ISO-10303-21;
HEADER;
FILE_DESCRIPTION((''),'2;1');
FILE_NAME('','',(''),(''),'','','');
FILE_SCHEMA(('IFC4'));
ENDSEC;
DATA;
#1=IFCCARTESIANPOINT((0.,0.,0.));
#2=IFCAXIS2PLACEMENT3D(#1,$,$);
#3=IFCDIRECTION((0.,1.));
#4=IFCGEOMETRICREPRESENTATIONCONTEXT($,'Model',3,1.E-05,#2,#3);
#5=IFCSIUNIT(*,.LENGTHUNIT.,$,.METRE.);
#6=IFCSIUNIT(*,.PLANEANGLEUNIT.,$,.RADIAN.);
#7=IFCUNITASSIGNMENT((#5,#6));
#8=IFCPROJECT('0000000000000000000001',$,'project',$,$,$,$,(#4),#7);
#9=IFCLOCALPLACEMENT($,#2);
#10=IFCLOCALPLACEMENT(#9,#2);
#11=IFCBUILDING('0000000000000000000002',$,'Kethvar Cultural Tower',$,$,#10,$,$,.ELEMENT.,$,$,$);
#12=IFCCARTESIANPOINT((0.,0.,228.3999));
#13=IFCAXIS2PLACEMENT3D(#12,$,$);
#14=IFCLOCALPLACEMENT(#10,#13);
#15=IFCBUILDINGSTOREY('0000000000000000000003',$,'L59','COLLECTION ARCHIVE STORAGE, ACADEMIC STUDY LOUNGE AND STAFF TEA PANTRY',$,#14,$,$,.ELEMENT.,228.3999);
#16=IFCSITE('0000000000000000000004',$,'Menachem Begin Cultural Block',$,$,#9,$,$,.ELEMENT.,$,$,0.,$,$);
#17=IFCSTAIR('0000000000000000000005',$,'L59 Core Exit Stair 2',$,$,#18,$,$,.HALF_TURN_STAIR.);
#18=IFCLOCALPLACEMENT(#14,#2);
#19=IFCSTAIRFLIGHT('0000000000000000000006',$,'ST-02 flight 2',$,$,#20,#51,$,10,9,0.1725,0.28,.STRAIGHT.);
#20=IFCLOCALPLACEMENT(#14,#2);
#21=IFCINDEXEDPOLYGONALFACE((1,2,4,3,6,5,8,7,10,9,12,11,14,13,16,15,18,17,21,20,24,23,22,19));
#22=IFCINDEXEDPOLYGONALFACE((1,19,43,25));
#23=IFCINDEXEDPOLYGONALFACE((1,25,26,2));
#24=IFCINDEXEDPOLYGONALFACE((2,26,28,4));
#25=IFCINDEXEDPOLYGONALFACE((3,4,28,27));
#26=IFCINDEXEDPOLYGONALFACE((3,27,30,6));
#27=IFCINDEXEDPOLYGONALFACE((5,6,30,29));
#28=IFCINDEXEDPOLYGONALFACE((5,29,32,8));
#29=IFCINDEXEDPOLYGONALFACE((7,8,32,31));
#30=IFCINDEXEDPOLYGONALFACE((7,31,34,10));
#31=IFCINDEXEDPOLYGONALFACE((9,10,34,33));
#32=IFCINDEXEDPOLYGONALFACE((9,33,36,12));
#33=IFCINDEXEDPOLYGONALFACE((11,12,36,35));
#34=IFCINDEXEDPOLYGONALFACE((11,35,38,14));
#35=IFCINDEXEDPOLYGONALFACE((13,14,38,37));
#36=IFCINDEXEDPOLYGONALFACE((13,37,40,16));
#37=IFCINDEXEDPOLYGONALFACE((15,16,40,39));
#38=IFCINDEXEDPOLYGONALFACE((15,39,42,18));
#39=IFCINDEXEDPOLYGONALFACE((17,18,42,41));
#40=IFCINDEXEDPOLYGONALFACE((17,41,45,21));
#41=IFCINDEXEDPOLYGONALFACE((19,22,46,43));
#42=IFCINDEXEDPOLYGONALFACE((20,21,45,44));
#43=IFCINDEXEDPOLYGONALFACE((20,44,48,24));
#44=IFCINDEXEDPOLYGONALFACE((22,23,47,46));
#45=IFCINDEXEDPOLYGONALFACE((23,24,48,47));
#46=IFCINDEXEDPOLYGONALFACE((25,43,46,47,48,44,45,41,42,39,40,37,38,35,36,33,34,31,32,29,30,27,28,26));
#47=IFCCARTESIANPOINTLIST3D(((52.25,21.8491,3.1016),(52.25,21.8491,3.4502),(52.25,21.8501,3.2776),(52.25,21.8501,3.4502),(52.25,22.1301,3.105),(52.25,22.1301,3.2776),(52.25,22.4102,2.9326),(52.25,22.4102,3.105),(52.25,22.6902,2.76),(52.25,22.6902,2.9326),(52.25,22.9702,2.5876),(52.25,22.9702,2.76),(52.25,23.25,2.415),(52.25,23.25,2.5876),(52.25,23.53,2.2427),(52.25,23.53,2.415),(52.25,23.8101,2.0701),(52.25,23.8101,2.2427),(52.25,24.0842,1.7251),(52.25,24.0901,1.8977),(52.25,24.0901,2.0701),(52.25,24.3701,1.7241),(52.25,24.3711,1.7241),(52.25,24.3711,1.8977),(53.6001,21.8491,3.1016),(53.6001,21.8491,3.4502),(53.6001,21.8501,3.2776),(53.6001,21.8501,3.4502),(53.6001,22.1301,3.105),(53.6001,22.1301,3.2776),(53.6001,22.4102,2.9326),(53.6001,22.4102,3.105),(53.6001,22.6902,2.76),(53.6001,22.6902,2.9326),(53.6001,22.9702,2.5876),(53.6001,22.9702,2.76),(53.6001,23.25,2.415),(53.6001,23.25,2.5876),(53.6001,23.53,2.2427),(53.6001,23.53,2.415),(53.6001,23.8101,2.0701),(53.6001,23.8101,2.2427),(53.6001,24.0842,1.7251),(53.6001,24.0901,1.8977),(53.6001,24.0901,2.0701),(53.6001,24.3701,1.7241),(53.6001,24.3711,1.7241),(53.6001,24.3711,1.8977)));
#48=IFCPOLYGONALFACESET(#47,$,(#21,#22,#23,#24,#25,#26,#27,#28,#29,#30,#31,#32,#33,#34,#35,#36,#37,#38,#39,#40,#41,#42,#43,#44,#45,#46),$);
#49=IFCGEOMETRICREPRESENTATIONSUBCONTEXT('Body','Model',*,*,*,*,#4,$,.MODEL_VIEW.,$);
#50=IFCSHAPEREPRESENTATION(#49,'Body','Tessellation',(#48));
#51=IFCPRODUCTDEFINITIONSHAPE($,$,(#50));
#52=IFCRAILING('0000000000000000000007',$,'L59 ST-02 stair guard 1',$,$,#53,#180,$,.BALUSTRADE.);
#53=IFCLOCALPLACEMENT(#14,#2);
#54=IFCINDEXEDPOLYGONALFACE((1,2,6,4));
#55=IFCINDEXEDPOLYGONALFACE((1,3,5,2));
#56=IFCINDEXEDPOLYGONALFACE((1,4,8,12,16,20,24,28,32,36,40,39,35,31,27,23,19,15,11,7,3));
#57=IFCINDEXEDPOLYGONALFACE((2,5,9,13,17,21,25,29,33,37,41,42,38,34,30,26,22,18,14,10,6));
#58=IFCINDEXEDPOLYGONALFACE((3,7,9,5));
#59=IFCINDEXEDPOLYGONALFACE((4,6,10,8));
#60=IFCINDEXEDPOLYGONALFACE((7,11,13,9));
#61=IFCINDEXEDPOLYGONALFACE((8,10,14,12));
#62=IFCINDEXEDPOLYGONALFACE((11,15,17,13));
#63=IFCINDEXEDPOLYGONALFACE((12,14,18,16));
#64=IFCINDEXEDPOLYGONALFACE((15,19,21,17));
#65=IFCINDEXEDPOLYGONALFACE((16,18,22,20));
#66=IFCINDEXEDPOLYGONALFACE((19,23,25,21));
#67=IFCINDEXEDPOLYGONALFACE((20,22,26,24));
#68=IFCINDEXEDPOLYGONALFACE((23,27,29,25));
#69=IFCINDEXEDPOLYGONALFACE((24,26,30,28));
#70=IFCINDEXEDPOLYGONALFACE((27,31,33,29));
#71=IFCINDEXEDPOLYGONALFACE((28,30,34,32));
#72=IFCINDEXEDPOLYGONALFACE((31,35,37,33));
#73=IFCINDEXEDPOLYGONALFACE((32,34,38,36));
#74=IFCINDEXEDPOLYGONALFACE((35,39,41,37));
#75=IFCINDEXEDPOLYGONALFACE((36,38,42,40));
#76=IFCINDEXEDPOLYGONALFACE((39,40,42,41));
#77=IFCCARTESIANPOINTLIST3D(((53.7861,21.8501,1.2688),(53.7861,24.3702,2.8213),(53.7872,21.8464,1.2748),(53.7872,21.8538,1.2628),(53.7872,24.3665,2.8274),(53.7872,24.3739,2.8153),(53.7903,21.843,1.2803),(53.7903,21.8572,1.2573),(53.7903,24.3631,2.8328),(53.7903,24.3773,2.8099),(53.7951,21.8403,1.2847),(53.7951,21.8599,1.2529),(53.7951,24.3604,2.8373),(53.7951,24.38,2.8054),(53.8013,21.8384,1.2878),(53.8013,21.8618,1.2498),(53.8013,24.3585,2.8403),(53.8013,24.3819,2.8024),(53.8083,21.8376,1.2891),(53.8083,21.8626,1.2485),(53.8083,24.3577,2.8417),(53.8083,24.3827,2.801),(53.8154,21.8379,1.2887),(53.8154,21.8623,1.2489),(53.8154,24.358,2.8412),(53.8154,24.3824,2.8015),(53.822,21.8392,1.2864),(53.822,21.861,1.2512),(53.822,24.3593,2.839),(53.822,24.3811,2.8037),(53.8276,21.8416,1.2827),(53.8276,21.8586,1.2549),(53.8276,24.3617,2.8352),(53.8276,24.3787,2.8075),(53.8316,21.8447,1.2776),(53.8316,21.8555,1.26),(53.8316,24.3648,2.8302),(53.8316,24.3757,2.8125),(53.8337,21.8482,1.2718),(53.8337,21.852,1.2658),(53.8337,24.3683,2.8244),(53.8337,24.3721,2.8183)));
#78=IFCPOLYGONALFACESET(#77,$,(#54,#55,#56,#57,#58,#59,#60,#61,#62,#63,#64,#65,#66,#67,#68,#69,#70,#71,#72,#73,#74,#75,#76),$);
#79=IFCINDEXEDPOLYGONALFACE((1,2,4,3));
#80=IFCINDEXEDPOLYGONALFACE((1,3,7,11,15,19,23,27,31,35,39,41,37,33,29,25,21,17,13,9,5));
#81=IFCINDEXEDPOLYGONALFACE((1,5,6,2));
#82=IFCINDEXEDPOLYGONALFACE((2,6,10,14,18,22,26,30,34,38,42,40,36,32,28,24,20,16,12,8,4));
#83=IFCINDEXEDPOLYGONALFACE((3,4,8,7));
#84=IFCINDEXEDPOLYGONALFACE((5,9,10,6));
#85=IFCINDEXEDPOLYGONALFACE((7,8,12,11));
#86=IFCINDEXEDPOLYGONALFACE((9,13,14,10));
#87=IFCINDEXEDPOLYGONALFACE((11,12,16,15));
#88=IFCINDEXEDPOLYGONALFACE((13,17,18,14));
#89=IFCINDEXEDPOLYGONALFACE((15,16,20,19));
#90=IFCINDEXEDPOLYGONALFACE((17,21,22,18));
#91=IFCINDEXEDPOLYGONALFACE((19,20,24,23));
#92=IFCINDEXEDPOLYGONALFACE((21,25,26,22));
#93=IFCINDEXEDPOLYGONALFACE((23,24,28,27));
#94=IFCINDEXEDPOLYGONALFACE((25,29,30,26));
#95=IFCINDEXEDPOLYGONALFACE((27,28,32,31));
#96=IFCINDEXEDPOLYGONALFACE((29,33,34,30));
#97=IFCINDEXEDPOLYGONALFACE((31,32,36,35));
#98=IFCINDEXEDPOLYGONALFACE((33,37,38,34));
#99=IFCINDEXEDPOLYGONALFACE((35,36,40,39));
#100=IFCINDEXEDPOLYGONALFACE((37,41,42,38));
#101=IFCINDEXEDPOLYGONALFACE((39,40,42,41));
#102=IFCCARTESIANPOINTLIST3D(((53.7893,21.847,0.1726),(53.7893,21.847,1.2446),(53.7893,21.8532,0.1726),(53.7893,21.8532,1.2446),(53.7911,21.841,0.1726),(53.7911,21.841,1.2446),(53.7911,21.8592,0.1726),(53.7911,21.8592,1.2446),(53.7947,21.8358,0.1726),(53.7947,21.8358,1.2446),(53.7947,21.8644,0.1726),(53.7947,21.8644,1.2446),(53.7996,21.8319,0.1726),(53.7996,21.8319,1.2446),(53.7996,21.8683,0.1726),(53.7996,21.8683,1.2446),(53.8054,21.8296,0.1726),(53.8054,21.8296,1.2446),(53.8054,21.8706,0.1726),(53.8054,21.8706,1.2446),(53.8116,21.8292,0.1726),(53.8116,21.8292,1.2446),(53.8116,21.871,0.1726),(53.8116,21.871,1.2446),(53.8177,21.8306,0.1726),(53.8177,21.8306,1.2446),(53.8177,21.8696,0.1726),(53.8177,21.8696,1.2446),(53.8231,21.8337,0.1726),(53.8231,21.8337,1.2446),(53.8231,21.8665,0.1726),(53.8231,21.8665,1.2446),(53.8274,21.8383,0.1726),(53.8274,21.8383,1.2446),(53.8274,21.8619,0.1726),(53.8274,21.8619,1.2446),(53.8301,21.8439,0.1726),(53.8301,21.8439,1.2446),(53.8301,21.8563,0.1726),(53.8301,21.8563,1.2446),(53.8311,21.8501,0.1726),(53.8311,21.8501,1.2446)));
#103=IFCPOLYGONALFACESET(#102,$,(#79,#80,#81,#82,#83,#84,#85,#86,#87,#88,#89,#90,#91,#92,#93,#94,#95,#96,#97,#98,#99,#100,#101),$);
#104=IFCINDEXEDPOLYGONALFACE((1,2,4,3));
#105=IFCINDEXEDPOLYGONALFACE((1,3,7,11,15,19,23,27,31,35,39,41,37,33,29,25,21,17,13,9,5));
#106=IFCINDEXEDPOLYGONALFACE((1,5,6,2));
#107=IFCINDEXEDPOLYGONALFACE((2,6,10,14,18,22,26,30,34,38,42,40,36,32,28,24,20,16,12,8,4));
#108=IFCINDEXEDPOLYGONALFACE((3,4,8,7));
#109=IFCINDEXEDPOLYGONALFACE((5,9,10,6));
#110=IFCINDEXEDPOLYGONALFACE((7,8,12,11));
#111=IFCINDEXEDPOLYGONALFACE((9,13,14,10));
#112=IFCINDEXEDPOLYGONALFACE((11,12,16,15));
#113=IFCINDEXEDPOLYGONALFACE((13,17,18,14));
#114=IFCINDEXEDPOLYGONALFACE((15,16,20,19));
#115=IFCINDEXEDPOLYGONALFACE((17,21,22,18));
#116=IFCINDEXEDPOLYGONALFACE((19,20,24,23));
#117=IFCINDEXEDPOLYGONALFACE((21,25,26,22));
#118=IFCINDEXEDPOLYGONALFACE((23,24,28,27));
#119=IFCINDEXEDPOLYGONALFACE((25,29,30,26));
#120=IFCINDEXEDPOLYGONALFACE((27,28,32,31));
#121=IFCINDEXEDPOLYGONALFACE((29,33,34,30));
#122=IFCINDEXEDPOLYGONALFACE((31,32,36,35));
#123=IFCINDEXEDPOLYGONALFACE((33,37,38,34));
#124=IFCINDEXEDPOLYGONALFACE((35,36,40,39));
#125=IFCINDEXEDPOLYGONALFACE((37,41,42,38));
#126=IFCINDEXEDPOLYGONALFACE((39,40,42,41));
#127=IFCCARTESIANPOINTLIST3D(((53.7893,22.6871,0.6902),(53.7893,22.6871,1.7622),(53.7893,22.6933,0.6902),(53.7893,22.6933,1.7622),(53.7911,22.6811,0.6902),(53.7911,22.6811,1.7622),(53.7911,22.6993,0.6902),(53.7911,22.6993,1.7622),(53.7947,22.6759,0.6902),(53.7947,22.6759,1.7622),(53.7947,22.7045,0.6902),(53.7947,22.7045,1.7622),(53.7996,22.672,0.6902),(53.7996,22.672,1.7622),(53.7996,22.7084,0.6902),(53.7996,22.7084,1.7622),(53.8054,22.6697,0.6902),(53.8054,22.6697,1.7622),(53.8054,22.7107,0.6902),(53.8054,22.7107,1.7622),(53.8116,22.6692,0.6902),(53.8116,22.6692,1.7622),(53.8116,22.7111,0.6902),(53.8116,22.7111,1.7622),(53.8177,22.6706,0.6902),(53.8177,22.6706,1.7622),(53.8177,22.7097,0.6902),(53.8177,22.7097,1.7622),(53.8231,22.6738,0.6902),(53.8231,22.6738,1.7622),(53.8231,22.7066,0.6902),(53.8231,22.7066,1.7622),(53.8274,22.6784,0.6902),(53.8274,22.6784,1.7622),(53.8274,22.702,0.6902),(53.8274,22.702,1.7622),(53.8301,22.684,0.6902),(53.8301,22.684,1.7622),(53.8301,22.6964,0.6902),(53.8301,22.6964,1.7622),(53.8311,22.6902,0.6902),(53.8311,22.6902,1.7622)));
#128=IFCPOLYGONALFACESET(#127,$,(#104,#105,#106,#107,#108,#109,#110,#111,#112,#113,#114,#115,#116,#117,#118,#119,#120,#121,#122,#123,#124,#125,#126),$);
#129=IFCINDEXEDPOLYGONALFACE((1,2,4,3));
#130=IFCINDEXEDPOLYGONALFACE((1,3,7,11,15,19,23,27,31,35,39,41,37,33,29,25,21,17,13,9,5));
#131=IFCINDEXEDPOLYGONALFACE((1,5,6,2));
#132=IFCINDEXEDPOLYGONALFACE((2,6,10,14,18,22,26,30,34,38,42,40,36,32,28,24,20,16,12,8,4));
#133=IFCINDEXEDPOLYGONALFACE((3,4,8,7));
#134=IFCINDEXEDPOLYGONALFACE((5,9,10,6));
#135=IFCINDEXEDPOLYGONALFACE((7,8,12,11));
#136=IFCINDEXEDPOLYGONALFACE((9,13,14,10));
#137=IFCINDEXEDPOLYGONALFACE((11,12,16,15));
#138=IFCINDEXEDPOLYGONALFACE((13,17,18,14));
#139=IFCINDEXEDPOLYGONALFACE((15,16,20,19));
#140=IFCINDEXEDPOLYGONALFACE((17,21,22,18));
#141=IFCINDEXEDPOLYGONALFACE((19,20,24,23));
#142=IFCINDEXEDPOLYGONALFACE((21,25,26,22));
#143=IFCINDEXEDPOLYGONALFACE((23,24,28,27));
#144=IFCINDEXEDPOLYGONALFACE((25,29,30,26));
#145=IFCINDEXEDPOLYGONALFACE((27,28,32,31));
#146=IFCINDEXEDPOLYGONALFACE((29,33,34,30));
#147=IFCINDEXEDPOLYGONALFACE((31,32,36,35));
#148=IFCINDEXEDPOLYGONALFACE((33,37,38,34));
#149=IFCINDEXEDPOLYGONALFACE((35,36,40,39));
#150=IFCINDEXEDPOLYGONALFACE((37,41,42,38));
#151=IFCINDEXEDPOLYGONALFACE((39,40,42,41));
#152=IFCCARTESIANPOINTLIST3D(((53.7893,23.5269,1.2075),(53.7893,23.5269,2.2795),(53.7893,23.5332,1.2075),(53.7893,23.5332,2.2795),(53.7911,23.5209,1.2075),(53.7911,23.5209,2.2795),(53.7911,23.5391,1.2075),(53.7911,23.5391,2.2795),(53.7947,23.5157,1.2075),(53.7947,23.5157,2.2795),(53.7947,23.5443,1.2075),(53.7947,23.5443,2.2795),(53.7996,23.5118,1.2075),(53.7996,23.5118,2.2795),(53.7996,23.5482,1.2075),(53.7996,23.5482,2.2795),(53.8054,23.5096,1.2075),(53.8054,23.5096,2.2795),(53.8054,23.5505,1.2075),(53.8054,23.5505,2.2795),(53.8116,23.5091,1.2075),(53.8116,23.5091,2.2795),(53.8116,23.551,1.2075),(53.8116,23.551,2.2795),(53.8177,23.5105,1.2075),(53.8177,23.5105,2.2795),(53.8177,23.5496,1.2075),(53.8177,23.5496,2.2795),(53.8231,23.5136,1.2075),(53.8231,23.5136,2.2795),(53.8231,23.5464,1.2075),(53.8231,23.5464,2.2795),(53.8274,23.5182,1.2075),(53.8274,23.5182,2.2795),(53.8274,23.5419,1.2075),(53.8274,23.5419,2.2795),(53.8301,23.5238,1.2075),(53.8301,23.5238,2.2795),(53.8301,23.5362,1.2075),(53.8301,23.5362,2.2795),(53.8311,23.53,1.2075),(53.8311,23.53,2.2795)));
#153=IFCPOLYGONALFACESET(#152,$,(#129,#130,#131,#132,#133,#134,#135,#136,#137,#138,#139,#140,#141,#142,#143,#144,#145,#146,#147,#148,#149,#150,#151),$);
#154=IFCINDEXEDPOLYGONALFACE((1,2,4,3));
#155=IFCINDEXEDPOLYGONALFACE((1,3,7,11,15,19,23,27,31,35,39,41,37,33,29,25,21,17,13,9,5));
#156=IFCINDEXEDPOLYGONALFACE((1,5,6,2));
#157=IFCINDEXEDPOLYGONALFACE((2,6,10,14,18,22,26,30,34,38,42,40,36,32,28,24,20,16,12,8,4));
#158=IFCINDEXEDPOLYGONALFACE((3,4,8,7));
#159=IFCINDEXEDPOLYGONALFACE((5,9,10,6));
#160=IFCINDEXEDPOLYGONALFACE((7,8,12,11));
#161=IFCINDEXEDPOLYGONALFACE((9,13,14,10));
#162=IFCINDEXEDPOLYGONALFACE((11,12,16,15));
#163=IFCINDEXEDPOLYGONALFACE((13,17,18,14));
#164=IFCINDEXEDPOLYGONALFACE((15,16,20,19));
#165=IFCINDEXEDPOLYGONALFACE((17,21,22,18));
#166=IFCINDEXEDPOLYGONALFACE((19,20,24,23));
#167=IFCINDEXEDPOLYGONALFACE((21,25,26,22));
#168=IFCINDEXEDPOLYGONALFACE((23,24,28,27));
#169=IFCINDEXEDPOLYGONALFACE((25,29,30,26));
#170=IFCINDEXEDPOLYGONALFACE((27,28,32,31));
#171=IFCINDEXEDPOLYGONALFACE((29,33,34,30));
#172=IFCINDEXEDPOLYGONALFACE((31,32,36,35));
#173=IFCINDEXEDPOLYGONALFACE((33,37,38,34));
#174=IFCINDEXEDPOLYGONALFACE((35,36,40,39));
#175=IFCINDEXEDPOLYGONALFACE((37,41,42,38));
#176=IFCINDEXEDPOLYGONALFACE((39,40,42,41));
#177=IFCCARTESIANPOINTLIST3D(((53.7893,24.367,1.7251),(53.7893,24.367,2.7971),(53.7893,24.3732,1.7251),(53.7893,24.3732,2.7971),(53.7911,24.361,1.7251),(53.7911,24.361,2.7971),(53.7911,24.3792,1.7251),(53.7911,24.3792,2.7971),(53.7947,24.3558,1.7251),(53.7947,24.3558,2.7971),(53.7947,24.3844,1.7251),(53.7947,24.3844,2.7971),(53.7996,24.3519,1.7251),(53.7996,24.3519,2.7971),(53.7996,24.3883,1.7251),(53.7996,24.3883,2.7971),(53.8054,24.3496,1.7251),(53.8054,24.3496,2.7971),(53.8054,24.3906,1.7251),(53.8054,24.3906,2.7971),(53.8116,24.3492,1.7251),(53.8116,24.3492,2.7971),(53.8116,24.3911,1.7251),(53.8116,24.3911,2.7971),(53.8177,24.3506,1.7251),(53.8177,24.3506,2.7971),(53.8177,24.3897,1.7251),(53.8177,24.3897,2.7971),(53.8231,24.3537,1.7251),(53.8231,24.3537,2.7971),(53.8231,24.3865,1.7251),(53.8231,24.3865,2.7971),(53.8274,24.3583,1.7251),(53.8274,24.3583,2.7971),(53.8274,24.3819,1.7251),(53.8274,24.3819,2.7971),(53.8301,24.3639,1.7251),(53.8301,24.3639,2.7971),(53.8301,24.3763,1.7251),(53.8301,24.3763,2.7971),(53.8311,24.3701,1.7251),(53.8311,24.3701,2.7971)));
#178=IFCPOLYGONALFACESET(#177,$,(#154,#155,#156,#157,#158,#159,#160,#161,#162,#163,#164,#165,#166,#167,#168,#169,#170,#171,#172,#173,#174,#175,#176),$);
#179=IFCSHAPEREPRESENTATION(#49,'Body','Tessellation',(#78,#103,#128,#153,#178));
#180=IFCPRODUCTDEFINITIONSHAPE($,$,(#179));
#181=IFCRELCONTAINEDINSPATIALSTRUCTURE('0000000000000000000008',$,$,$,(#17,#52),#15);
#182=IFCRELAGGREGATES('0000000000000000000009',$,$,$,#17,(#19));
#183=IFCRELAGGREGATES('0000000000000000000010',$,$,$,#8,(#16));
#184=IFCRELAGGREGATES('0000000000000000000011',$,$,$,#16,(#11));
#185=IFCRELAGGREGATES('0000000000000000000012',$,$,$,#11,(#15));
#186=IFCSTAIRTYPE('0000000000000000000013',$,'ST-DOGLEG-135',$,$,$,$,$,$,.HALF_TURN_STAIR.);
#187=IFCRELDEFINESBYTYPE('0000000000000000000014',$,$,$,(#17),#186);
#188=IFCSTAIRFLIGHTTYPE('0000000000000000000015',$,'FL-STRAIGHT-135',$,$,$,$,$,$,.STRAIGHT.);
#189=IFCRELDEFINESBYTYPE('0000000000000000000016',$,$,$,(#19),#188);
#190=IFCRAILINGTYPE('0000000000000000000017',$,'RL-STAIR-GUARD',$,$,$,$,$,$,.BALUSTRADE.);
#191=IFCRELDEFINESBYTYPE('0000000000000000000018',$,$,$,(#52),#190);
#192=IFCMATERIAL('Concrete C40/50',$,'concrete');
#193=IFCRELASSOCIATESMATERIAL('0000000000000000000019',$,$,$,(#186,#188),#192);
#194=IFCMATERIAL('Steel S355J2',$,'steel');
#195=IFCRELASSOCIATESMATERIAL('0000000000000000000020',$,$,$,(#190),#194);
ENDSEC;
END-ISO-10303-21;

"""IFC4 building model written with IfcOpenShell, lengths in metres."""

from ifc_helpers import new_model, si_unit, direction, frame, origin, origin_2d, place, context, subcontext, project, spatial, polyline, circle, outline, extrude, material, type_object, element, aggregate, save


model = new_model("IFC4")

# Units and contexts
model_context = context("Model", 3, precision=1e-05, world=origin(), true_north=direction((0.0, 1.0)))
body_context = subcontext(model_context, "Body", "Model", "MODEL_VIEW")
ifc_project = project(units=[si_unit("LENGTHUNIT", "METRE"), si_unit("PLANEANGLEUNIT", "RADIAN")], contexts=[model_context])

# Site, building, storey
site_placement = place(None, origin())
site = spatial("IfcSite", under=ifc_project, at=site_placement, Name="Menachem Begin Cultural Block", CompositionType="ELEMENT", RefElevation=0.0)
building_placement = place(site_placement, origin())
building = spatial("IfcBuilding", under=site, at=building_placement, Name="Kethvar Cultural Tower", CompositionType="ELEMENT")
storey_placement = place(building_placement, frame((0.0, 0.0, 228.3999)))
storey = spatial("IfcBuildingStorey", under=building, at=storey_placement, Name="L59", Description="COLLECTION ARCHIVE STORAGE, ACADEMIC STUDY LOUNGE AND STAFF TEA PANTRY", CompositionType="ELEMENT", Elevation=228.3999)

# Shared definitions
ifc_material_1 = material(Name="Steel S355J2", Category="steel")

# Stair, stair flight
ifc_material_2 = material(Name="Concrete C40/50", Category="concrete")
stair_type = type_object("IfcStairType", Name="ST-DOGLEG-135", PredefinedType="HALF_TURN_STAIR", material=ifc_material_2)
stair_placement = place(storey_placement, origin())
stair = element("IfcStair", 1, at=stair_placement, inside=storey, type_object=stair_type, Name="L59 Core Exit Stair 2", PredefinedType="HALF_TURN_STAIR")
stair_flight_type = type_object("IfcStairFlightType", Name="FL-STRAIGHT-135", PredefinedType="STRAIGHT", material=ifc_material_2)
stair_flight_1_placement = place(storey_placement, frame((52.925, 24.3701, 1.7251), z_axis=(0.0, 0.0, 1.0), x_axis=(0.0, -1.0, 0.0)))
stair_flight_1 = element("IfcStairFlight", 2, at=stair_flight_1_placement, type_object=stair_flight_type, Name="ST-02 flight 2", NumberOfRisers=10, NumberOfTreads=9, PredefinedType="STRAIGHT", RiserHeight=0.1725, TreadLength=0.28, context=body_context, shape_type="SweptSolid", body=[
    extrude(outline(polyline([(-0.001, -0.001), (-0.001, 0.1726), (0.28, 0.1726), (0.28, 0.345), (0.5601, 0.345), (0.5601, 0.5176), (0.8401, 0.5176), (0.8401, 0.6899), (1.1201, 0.6899), (1.1201, 0.8625), (1.3999, 0.8625), (1.3999, 1.0349), (1.6799, 1.0349), (1.6799, 1.2075), (1.96, 1.2075), (1.96, 1.3799), (2.24, 1.3799), (2.24, 1.5525), (2.52, 1.5525), (2.52, 1.7251), (2.521, 1.7251), (2.521, 1.3765), (0.2859, 0.0), (0.0, -0.001), (-0.001, -0.001)])), frame((0.0, 0.675, 0.0), z_axis=(0.0, -1.0, 0.0), x_axis=(1.0, 0.0, 0.0)), (0.0, 0.0, 1.0), 1.3501),
])
aggregate(stair, [stair_flight_1])

# Railing
railing_type_1 = type_object("IfcRailingType", Name="RL-STAIR-GUARD", PredefinedType="BALUSTRADE", material=ifc_material_1)
railing_1_placement = place(storey_placement, frame((53.8101, 21.8501, 0.1726)))
element("IfcRailing", 3, at=railing_1_placement, inside=storey, type_object=railing_type_1, Name="L59 ST-02 stair guard 1", PredefinedType="BALUSTRADE", context=body_context, shape_type="SweptSolid", body=[
    extrude(circle(Radius=0.0239, at=origin_2d()), frame((0.0, 0.0, 1.0962), z_axis=(0.0, 0.8514, 0.524516), x_axis=(-1.0, 0.0, 0.0)), (0.0, 0.0, 1.0), 2.96),
    extrude(circle(Radius=0.021, at=origin_2d()), origin(), (0.0, 0.0, 1.0), 1.072),
    extrude(circle(Radius=0.021, at=origin_2d()), frame((0.0, 0.8401, 0.5176)), (0.0, 0.0, 1.0), 1.072),
    extrude(circle(Radius=0.021, at=origin_2d()), frame((0.0, 1.6799, 1.0349)), (0.0, 0.0, 1.0), 1.072),
    extrude(circle(Radius=0.021, at=origin_2d()), frame((0.0, 2.52, 1.5525)), (0.0, 0.0, 1.0), 1.072),
])

save(model, "model.ifc")
